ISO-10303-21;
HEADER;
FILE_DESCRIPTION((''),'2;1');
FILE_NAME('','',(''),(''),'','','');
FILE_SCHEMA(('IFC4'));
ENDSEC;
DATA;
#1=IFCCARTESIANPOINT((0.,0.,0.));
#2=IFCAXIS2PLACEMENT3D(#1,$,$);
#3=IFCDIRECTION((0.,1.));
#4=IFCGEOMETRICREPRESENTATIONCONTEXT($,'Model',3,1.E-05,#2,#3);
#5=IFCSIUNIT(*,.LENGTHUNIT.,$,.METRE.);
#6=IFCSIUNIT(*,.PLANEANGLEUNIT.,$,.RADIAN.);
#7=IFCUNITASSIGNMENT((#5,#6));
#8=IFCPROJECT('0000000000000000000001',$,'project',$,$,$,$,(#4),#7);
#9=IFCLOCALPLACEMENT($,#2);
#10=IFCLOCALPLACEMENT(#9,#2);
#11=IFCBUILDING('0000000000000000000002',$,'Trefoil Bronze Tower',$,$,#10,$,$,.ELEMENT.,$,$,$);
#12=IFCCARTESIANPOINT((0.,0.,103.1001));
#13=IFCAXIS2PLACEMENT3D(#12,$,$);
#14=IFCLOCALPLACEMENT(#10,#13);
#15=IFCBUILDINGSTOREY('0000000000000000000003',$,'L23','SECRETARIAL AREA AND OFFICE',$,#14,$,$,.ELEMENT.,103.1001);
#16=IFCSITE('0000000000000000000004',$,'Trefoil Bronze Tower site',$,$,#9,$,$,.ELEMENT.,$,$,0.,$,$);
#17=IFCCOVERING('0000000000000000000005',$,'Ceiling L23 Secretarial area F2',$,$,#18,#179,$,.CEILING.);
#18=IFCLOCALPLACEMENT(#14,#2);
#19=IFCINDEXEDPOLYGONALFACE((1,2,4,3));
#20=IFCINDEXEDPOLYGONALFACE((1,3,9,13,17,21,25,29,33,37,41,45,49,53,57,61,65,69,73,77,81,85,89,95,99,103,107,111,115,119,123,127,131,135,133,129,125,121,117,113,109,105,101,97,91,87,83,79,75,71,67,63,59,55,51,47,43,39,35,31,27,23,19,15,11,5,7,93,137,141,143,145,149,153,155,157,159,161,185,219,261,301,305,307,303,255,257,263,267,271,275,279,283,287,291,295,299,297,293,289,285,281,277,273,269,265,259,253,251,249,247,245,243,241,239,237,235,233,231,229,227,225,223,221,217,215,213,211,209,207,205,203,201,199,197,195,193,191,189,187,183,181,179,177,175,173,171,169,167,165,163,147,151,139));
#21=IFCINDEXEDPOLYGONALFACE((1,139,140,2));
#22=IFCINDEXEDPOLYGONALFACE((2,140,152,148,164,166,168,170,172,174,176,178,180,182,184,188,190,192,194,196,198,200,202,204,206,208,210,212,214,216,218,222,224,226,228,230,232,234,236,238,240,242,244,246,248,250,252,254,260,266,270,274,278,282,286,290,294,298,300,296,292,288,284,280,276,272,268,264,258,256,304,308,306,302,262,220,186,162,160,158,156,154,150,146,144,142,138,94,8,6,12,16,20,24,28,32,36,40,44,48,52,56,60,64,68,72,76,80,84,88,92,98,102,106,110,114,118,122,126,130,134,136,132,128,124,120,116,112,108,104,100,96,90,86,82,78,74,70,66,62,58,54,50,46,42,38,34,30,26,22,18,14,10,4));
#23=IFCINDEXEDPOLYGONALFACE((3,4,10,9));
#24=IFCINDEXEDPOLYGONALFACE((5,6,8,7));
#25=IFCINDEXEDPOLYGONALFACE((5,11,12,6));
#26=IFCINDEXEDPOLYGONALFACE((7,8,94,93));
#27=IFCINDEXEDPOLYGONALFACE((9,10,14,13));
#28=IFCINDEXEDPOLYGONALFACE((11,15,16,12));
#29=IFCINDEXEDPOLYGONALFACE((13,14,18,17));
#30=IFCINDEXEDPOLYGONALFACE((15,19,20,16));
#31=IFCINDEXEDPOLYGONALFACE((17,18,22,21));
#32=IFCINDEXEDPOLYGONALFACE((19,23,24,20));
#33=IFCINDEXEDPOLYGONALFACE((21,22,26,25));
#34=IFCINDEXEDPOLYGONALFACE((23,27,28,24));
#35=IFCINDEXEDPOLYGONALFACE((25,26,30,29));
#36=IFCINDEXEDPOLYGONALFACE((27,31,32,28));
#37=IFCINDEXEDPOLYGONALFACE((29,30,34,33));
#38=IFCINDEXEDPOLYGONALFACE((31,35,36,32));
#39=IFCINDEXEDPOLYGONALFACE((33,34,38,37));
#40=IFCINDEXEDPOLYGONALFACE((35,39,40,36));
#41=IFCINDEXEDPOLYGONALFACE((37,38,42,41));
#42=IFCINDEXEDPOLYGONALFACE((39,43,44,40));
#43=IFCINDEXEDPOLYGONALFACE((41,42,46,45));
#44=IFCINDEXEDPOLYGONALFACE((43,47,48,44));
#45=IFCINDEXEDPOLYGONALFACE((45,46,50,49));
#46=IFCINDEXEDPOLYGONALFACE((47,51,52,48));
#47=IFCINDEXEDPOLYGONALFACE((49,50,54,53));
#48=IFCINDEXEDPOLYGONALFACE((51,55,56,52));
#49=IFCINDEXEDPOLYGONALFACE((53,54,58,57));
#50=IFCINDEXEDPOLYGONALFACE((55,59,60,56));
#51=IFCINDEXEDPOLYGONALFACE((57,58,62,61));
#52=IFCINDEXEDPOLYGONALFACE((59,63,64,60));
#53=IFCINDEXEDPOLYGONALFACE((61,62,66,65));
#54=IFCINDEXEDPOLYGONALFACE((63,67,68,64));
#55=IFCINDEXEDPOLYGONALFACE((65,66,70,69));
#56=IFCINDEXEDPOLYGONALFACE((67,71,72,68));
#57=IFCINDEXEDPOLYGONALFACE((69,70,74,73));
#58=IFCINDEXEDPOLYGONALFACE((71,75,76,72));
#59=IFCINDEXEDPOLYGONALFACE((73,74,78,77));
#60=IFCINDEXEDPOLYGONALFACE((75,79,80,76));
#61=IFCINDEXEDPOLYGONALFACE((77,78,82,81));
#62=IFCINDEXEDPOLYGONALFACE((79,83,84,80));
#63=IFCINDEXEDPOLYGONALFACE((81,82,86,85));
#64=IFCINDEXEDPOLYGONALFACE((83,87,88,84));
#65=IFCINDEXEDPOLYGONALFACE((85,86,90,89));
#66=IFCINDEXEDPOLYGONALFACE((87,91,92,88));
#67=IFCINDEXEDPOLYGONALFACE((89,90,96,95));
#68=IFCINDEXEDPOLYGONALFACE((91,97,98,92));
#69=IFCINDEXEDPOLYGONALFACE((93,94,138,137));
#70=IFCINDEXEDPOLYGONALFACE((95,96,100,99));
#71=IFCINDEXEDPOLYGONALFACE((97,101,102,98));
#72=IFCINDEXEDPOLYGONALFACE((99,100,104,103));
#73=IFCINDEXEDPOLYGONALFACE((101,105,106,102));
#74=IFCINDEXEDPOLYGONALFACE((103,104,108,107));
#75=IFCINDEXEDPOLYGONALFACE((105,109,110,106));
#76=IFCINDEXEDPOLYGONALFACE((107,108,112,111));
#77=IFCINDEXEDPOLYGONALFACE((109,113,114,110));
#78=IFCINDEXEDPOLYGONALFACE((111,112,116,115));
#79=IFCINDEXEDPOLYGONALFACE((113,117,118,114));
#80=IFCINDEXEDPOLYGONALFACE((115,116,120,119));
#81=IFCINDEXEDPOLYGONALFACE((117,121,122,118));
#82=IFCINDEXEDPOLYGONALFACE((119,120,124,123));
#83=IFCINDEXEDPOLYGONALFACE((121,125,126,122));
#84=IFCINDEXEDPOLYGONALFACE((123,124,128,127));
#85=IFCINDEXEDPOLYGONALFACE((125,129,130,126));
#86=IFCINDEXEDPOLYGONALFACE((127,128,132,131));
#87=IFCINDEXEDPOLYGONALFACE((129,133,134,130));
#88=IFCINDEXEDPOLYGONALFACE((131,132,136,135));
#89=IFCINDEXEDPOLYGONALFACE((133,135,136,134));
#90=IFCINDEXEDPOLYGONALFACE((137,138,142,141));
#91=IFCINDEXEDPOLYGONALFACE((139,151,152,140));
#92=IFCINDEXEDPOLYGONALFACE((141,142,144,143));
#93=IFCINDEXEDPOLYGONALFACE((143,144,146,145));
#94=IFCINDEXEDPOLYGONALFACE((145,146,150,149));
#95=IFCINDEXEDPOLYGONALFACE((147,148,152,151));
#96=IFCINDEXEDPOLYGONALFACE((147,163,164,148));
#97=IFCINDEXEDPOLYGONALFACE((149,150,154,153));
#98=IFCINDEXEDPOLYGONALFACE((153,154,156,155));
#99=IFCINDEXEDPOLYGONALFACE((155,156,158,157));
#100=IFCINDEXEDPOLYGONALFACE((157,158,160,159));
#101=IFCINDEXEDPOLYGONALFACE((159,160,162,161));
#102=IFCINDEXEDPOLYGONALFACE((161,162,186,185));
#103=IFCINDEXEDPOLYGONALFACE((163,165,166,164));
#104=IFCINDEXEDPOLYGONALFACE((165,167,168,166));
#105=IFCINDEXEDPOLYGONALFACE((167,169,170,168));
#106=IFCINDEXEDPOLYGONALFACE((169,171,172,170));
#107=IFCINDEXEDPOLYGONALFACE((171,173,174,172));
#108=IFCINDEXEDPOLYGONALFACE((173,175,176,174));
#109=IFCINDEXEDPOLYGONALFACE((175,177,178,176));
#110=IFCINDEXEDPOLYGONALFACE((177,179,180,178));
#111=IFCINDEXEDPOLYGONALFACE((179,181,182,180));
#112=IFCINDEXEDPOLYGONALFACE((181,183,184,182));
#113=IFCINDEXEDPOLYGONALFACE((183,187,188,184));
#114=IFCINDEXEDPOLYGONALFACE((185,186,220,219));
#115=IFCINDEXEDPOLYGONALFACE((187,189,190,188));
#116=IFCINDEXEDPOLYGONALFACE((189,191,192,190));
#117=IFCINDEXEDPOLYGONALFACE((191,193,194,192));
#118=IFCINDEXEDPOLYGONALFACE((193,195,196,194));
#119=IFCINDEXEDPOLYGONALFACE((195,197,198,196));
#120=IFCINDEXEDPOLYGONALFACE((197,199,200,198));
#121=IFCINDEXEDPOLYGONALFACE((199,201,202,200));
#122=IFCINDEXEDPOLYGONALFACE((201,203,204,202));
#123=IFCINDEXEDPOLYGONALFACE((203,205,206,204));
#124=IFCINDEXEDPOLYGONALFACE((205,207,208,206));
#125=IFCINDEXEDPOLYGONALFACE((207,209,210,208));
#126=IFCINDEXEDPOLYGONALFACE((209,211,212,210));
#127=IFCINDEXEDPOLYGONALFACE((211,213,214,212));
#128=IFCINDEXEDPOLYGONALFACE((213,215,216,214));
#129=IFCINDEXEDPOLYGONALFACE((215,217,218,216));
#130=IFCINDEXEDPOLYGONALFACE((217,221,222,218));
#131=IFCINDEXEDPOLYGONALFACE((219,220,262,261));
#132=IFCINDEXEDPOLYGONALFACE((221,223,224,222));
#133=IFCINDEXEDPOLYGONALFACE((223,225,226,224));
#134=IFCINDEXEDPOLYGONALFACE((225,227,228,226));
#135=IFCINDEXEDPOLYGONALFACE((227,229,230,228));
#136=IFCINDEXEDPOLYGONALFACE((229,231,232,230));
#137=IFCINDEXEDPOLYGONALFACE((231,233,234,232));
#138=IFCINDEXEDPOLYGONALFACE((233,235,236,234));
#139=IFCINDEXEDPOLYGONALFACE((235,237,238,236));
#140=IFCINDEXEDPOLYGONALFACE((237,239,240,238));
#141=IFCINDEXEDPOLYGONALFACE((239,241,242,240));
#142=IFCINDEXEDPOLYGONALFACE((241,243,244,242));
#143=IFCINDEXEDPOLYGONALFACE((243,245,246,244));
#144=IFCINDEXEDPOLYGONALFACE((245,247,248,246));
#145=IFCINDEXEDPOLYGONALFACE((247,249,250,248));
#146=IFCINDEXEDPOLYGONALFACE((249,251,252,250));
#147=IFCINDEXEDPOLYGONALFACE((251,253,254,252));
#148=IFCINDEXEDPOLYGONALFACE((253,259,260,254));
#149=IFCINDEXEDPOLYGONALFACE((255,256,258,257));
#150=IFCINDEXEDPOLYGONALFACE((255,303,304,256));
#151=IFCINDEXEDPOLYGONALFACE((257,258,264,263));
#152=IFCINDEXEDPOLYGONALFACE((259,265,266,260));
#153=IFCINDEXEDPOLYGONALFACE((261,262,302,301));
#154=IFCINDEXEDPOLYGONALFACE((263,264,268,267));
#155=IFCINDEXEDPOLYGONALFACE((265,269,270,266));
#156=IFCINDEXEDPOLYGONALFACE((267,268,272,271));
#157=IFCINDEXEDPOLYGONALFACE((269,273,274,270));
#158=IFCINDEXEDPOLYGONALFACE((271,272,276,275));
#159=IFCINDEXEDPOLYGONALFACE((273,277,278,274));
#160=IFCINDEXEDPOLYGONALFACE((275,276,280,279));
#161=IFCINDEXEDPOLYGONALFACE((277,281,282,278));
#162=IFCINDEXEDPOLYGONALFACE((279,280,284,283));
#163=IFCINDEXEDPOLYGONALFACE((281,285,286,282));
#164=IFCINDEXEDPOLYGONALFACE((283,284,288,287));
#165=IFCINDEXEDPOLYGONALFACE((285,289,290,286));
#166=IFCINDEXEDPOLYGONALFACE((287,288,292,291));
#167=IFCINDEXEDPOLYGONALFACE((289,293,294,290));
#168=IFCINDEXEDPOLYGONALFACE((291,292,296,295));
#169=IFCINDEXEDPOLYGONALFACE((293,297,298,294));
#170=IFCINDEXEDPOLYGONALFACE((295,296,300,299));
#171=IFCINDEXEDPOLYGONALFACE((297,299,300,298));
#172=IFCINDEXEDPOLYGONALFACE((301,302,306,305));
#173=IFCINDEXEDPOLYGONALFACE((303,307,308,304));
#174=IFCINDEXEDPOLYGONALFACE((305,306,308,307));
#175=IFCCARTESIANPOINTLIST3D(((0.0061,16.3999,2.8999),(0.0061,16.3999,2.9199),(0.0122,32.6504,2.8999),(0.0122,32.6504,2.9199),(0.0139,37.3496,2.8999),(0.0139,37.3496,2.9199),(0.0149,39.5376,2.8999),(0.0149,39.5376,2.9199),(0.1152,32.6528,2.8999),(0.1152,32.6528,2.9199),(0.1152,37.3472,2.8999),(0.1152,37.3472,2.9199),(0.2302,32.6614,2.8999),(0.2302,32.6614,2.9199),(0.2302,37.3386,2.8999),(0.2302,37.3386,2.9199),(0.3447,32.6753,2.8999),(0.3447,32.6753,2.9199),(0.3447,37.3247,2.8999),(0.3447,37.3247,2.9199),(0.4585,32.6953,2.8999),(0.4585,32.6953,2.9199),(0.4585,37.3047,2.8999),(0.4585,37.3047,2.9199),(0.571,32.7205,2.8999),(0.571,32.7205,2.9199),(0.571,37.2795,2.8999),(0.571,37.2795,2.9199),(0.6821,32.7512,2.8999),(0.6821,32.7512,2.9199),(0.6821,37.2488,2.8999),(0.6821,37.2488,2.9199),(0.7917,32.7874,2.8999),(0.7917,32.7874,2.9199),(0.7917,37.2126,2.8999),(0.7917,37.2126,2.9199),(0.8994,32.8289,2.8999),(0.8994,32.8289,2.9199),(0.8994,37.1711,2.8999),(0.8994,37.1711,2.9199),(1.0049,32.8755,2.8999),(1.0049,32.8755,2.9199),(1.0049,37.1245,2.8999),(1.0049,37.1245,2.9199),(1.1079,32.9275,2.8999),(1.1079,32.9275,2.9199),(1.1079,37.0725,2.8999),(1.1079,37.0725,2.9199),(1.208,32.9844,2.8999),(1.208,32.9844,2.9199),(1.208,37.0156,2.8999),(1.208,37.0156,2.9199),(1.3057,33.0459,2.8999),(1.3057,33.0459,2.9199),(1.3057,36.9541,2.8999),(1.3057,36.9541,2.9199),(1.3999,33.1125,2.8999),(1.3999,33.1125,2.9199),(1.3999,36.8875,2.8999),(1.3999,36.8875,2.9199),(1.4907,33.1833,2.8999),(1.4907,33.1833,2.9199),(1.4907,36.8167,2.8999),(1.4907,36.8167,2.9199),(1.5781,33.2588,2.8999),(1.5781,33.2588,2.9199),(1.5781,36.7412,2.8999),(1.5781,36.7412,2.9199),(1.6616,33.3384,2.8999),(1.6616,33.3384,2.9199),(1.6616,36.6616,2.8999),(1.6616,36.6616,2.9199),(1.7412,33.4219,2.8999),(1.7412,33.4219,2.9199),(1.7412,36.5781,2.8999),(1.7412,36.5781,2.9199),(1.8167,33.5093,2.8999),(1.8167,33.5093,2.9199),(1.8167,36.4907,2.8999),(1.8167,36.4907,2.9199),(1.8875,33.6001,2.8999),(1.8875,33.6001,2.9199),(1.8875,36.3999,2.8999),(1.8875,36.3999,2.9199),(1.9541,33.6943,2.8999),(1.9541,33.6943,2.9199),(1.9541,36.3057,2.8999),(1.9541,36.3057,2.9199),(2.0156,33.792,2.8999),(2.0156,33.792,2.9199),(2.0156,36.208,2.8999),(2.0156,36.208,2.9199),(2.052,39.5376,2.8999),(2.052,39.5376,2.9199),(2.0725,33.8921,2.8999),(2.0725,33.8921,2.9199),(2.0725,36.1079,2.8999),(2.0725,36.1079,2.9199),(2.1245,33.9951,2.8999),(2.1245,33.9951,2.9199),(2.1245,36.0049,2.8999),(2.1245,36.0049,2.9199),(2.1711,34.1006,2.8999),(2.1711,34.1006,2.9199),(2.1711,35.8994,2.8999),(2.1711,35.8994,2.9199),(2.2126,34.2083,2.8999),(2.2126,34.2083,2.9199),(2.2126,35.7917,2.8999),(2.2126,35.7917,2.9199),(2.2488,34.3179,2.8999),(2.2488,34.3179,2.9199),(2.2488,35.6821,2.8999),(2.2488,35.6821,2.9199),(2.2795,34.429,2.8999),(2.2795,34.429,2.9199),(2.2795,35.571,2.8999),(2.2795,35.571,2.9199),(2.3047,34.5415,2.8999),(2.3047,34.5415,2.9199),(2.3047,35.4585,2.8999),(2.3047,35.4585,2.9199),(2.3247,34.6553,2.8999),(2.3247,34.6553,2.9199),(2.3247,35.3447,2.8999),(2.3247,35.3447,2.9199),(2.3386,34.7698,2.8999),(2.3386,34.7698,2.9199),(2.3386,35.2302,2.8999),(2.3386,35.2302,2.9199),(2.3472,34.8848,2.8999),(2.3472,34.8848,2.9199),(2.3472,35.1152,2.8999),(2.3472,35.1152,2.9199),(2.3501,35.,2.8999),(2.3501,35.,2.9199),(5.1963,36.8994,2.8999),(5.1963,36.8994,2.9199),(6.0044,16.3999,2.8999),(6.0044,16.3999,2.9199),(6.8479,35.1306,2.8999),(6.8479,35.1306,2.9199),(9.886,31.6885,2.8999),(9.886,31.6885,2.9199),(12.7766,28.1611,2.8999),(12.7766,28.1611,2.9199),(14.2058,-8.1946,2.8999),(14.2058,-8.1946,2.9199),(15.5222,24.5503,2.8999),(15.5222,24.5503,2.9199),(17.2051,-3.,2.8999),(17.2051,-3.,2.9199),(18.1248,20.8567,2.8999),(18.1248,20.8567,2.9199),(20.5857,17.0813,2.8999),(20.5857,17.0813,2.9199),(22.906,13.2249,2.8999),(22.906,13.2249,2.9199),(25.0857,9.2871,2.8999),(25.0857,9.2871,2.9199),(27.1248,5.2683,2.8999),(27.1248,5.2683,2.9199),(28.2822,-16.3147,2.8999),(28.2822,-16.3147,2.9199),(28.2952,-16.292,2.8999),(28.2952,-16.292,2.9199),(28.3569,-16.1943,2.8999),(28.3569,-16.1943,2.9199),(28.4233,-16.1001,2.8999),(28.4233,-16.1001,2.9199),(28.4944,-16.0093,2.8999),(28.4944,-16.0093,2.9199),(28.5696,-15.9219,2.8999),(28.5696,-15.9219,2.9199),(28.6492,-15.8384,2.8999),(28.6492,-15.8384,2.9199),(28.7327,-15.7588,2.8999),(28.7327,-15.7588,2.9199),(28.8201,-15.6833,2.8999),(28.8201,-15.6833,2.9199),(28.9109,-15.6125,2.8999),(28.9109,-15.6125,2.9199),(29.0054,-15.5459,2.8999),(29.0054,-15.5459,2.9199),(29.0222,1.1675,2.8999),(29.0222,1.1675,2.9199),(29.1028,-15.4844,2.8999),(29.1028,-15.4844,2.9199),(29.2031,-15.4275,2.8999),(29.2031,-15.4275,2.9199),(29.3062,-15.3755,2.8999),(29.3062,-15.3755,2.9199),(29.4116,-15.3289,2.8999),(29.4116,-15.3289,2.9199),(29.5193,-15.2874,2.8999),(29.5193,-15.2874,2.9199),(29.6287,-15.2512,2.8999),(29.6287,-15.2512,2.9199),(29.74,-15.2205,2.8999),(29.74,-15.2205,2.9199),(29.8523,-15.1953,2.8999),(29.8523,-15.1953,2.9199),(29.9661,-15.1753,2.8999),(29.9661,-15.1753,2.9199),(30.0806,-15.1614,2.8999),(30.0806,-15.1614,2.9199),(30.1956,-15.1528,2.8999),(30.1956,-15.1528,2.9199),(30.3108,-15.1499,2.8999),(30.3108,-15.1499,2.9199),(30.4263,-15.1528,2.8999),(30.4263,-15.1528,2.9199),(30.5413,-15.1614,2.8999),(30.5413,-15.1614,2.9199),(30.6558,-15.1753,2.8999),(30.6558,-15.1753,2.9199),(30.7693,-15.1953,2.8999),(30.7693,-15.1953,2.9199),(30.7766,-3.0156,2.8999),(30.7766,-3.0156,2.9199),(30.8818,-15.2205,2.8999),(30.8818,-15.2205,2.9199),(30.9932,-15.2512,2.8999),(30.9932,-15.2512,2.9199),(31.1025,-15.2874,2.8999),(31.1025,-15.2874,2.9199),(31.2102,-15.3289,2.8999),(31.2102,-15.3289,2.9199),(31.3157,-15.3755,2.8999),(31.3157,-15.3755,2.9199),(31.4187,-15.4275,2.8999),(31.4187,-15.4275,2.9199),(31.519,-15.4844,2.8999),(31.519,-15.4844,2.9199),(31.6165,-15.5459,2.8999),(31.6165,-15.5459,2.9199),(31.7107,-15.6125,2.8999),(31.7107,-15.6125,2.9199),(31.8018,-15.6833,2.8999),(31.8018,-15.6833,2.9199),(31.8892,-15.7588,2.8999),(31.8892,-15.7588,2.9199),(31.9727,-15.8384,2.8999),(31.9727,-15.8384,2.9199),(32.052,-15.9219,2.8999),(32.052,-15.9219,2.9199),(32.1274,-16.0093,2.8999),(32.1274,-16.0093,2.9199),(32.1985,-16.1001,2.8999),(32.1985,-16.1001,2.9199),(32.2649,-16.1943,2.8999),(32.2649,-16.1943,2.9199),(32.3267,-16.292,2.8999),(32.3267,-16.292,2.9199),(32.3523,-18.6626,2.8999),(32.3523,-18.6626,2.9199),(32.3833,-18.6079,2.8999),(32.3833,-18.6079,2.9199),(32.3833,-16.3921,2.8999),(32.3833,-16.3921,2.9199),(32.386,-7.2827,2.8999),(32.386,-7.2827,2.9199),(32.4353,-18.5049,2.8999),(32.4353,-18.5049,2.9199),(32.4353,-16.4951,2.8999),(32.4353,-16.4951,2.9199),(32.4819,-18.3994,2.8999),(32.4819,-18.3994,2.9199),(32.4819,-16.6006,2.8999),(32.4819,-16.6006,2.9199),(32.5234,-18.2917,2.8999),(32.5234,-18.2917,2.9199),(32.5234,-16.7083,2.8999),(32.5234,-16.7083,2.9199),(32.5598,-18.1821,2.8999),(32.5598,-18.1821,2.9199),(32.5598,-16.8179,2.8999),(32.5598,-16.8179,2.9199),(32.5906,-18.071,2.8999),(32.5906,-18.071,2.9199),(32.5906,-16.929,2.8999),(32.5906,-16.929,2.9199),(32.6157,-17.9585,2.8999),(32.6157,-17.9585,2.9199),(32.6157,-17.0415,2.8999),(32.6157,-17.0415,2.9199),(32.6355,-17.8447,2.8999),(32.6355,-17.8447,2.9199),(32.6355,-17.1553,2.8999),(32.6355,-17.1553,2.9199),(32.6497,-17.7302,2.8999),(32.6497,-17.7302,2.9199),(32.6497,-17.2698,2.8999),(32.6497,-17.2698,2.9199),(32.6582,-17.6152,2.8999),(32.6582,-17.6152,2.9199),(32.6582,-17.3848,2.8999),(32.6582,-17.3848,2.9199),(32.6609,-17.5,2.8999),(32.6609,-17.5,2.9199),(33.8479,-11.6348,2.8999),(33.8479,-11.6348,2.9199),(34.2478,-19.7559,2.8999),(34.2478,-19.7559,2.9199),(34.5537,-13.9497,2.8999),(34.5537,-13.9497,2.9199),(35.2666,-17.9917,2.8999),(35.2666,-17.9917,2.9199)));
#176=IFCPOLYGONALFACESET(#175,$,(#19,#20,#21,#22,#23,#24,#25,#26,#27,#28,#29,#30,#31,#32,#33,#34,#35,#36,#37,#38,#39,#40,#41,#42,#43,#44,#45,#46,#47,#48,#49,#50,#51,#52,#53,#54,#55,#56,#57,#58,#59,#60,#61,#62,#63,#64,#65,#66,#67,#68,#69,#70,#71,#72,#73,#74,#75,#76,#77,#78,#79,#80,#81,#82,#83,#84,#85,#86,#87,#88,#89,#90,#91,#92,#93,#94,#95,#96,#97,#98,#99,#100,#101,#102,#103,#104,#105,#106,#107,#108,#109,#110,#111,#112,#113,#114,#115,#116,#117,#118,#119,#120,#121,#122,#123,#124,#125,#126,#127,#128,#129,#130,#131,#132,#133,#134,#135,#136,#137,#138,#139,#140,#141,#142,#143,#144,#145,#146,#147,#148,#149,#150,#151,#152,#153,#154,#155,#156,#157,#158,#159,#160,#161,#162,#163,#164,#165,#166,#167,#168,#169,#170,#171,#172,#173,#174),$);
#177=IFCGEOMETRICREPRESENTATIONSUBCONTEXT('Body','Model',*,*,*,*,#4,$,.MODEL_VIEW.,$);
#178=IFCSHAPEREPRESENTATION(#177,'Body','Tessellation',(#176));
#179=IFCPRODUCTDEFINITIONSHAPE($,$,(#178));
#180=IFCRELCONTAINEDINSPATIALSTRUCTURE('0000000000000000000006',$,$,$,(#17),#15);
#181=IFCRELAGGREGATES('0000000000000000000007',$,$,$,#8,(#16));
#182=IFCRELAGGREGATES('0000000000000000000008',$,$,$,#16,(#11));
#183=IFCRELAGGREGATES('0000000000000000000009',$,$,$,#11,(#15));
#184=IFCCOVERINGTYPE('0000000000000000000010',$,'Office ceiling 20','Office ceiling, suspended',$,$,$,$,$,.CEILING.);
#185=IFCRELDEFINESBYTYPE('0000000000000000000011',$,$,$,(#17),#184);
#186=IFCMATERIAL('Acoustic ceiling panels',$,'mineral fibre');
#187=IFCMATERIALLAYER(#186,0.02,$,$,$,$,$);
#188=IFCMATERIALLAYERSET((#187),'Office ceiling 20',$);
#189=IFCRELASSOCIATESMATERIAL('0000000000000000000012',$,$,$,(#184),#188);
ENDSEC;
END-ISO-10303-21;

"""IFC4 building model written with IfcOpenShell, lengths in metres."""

from ifc_helpers import new_model, si_unit, direction, frame, origin, place, context, subcontext, project, spatial, polyline, outline, extrude, material, layer, layer_set, type_object, element, save


model = new_model("IFC4")

# Units and contexts
model_context = context("Model", 3, precision=1e-05, world=origin(), true_north=direction((0.0, 1.0)))
body_context = subcontext(model_context, "Body", "Model", "MODEL_VIEW")
ifc_project = project(units=[si_unit("LENGTHUNIT", "METRE"), si_unit("PLANEANGLEUNIT", "RADIAN")], contexts=[model_context])

# Site, building, storey
site_placement = place(None, origin())
site = spatial("IfcSite", under=ifc_project, at=site_placement, Name="Trefoil Bronze Tower site", CompositionType="ELEMENT", RefElevation=0.0)
building_placement = place(site_placement, origin())
building = spatial("IfcBuilding", under=site, at=building_placement, Name="Trefoil Bronze Tower", CompositionType="ELEMENT")
storey_placement = place(building_placement, frame((0.0, 0.0, 103.1001)))
storey = spatial("IfcBuildingStorey", under=building, at=storey_placement, Name="L23", Description="SECRETARIAL AREA AND OFFICE", CompositionType="ELEMENT", Elevation=103.1001)

# Covering
ifc_material_1 = material(Name="Acoustic ceiling panels", Category="mineral fibre")
ifc_layer_1 = layer(ifc_material_1, 0.02)
ifc_layer_set_1 = layer_set([ifc_layer_1], Name="Office ceiling 20")
covering_type_1 = type_object("IfcCoveringType", Name="Office ceiling 20", Description="Office ceiling, suspended", PredefinedType="CEILING", material=ifc_layer_set_1)
covering_1_placement = place(storey_placement, frame((0.0, 0.0, 2.8999)))
element("IfcCovering", 1, at=covering_1_placement, inside=storey, type_object=covering_type_1, Name="Ceiling L23 Secretarial area F2", PredefinedType="CEILING", context=body_context, shape_type="SweptSolid", body=[
    extrude(outline(polyline([(6.8479, 35.1306), (9.886, 31.6885), (12.7766, 28.1611), (15.5222, 24.5503), (18.1248, 20.8567), (20.5857, 17.0813), (22.906, 13.2249), (25.0857, 9.2871), (27.1248, 5.2683), (29.0222, 1.1675), (30.7766, -3.0156), (32.386, -7.2827), (33.8479, -11.6348), (34.5537, -13.9497), (35.2666, -17.9917), (34.2478, -19.7559), (32.3523, -18.6626), (32.3833, -18.6079), (32.4353, -18.5049), (32.4819, -18.3994), (32.5234, -18.2917), (32.5598, -18.1821), (32.5906, -18.071), (32.6157, -17.9585), (32.6355, -17.8447), (32.6497, -17.7302), (32.6582, -17.6152), (32.6609, -17.5), (32.6582, -17.3848), (32.6497, -17.2698), (32.6355, -17.1553), (32.6157, -17.0415), (32.5906, -16.929), (32.5598, -16.8179), (32.5234, -16.7083), (32.4819, -16.6006), (32.4353, -16.4951), (32.3833, -16.3921), (32.3267, -16.292), (32.2649, -16.1943), (32.1985, -16.1001), (32.1274, -16.0093), (32.052, -15.9219), (31.9727, -15.8384), (31.8892, -15.7588), (31.8018, -15.6833), (31.7107, -15.6125), (31.6165, -15.5459), (31.519, -15.4844), (31.4187, -15.4275), (31.3157, -15.3755), (31.2102, -15.3289), (31.1025, -15.2874), (30.9932, -15.2512), (30.8818, -15.2205), (30.7693, -15.1953), (30.6558, -15.1753), (30.5413, -15.1614), (30.4263, -15.1528), (30.3108, -15.1499), (30.1956, -15.1528), (30.0806, -15.1614), (29.9661, -15.1753), (29.8523, -15.1953), (29.74, -15.2205), (29.6287, -15.2512), (29.5193, -15.2874), (29.4116, -15.3289), (29.3062, -15.3755), (29.2031, -15.4275), (29.1028, -15.4844), (29.0054, -15.5459), (28.9109, -15.6125), (28.8201, -15.6833), (28.7327, -15.7588), (28.6492, -15.8384), (28.5696, -15.9219), (28.4944, -16.0093), (28.4233, -16.1001), (28.3569, -16.1943), (28.2952, -16.292), (28.2822, -16.3147), (14.2058, -8.1946), (17.2051, -3.0), (6.0044, 16.3999), (0.0061, 16.3999), (0.0122, 32.6504), (0.1152, 32.6528), (0.2302, 32.6614), (0.3447, 32.6753), (0.4585, 32.6953), (0.571, 32.7205), (0.6821, 32.7512), (0.7917, 32.7874), (0.8994, 32.8289), (1.0049, 32.8755), (1.1079, 32.9275), (1.208, 32.9844), (1.3057, 33.0459), (1.3999, 33.1125), (1.4907, 33.1833), (1.5781, 33.2588), (1.6616, 33.3384), (1.7412, 33.4219), (1.8167, 33.5093), (1.8875, 33.6001), (1.9541, 33.6943), (2.0156, 33.792), (2.0725, 33.8921), (2.1245, 33.9951), (2.1711, 34.1006), (2.2126, 34.2083), (2.2488, 34.3179), (2.2795, 34.429), (2.3047, 34.5415), (2.3247, 34.6553), (2.3386, 34.7698), (2.3472, 34.8848), (2.3501, 35.0), (2.3472, 35.1152), (2.3386, 35.2302), (2.3247, 35.3447), (2.3047, 35.4585), (2.2795, 35.571), (2.2488, 35.6821), (2.2126, 35.7917), (2.1711, 35.8994), (2.1245, 36.0049), (2.0725, 36.1079), (2.0156, 36.208), (1.9541, 36.3057), (1.8875, 36.3999), (1.8167, 36.4907), (1.7412, 36.5781), (1.6616, 36.6616), (1.5781, 36.7412), (1.4907, 36.8167), (1.3999, 36.8875), (1.3057, 36.9541), (1.208, 37.0156), (1.1079, 37.0725), (1.0049, 37.1245), (0.8994, 37.1711), (0.7917, 37.2126), (0.6821, 37.2488), (0.571, 37.2795), (0.4585, 37.3047), (0.3447, 37.3247), (0.2302, 37.3386), (0.1152, 37.3472), (0.0139, 37.3496), (0.0149, 39.5376), (2.052, 39.5376), (5.1963, 36.8994), (6.8479, 35.1306)])), origin(), (0.0, 0.0, 1.0), 0.02),
])

save(model, "model.ifc")
